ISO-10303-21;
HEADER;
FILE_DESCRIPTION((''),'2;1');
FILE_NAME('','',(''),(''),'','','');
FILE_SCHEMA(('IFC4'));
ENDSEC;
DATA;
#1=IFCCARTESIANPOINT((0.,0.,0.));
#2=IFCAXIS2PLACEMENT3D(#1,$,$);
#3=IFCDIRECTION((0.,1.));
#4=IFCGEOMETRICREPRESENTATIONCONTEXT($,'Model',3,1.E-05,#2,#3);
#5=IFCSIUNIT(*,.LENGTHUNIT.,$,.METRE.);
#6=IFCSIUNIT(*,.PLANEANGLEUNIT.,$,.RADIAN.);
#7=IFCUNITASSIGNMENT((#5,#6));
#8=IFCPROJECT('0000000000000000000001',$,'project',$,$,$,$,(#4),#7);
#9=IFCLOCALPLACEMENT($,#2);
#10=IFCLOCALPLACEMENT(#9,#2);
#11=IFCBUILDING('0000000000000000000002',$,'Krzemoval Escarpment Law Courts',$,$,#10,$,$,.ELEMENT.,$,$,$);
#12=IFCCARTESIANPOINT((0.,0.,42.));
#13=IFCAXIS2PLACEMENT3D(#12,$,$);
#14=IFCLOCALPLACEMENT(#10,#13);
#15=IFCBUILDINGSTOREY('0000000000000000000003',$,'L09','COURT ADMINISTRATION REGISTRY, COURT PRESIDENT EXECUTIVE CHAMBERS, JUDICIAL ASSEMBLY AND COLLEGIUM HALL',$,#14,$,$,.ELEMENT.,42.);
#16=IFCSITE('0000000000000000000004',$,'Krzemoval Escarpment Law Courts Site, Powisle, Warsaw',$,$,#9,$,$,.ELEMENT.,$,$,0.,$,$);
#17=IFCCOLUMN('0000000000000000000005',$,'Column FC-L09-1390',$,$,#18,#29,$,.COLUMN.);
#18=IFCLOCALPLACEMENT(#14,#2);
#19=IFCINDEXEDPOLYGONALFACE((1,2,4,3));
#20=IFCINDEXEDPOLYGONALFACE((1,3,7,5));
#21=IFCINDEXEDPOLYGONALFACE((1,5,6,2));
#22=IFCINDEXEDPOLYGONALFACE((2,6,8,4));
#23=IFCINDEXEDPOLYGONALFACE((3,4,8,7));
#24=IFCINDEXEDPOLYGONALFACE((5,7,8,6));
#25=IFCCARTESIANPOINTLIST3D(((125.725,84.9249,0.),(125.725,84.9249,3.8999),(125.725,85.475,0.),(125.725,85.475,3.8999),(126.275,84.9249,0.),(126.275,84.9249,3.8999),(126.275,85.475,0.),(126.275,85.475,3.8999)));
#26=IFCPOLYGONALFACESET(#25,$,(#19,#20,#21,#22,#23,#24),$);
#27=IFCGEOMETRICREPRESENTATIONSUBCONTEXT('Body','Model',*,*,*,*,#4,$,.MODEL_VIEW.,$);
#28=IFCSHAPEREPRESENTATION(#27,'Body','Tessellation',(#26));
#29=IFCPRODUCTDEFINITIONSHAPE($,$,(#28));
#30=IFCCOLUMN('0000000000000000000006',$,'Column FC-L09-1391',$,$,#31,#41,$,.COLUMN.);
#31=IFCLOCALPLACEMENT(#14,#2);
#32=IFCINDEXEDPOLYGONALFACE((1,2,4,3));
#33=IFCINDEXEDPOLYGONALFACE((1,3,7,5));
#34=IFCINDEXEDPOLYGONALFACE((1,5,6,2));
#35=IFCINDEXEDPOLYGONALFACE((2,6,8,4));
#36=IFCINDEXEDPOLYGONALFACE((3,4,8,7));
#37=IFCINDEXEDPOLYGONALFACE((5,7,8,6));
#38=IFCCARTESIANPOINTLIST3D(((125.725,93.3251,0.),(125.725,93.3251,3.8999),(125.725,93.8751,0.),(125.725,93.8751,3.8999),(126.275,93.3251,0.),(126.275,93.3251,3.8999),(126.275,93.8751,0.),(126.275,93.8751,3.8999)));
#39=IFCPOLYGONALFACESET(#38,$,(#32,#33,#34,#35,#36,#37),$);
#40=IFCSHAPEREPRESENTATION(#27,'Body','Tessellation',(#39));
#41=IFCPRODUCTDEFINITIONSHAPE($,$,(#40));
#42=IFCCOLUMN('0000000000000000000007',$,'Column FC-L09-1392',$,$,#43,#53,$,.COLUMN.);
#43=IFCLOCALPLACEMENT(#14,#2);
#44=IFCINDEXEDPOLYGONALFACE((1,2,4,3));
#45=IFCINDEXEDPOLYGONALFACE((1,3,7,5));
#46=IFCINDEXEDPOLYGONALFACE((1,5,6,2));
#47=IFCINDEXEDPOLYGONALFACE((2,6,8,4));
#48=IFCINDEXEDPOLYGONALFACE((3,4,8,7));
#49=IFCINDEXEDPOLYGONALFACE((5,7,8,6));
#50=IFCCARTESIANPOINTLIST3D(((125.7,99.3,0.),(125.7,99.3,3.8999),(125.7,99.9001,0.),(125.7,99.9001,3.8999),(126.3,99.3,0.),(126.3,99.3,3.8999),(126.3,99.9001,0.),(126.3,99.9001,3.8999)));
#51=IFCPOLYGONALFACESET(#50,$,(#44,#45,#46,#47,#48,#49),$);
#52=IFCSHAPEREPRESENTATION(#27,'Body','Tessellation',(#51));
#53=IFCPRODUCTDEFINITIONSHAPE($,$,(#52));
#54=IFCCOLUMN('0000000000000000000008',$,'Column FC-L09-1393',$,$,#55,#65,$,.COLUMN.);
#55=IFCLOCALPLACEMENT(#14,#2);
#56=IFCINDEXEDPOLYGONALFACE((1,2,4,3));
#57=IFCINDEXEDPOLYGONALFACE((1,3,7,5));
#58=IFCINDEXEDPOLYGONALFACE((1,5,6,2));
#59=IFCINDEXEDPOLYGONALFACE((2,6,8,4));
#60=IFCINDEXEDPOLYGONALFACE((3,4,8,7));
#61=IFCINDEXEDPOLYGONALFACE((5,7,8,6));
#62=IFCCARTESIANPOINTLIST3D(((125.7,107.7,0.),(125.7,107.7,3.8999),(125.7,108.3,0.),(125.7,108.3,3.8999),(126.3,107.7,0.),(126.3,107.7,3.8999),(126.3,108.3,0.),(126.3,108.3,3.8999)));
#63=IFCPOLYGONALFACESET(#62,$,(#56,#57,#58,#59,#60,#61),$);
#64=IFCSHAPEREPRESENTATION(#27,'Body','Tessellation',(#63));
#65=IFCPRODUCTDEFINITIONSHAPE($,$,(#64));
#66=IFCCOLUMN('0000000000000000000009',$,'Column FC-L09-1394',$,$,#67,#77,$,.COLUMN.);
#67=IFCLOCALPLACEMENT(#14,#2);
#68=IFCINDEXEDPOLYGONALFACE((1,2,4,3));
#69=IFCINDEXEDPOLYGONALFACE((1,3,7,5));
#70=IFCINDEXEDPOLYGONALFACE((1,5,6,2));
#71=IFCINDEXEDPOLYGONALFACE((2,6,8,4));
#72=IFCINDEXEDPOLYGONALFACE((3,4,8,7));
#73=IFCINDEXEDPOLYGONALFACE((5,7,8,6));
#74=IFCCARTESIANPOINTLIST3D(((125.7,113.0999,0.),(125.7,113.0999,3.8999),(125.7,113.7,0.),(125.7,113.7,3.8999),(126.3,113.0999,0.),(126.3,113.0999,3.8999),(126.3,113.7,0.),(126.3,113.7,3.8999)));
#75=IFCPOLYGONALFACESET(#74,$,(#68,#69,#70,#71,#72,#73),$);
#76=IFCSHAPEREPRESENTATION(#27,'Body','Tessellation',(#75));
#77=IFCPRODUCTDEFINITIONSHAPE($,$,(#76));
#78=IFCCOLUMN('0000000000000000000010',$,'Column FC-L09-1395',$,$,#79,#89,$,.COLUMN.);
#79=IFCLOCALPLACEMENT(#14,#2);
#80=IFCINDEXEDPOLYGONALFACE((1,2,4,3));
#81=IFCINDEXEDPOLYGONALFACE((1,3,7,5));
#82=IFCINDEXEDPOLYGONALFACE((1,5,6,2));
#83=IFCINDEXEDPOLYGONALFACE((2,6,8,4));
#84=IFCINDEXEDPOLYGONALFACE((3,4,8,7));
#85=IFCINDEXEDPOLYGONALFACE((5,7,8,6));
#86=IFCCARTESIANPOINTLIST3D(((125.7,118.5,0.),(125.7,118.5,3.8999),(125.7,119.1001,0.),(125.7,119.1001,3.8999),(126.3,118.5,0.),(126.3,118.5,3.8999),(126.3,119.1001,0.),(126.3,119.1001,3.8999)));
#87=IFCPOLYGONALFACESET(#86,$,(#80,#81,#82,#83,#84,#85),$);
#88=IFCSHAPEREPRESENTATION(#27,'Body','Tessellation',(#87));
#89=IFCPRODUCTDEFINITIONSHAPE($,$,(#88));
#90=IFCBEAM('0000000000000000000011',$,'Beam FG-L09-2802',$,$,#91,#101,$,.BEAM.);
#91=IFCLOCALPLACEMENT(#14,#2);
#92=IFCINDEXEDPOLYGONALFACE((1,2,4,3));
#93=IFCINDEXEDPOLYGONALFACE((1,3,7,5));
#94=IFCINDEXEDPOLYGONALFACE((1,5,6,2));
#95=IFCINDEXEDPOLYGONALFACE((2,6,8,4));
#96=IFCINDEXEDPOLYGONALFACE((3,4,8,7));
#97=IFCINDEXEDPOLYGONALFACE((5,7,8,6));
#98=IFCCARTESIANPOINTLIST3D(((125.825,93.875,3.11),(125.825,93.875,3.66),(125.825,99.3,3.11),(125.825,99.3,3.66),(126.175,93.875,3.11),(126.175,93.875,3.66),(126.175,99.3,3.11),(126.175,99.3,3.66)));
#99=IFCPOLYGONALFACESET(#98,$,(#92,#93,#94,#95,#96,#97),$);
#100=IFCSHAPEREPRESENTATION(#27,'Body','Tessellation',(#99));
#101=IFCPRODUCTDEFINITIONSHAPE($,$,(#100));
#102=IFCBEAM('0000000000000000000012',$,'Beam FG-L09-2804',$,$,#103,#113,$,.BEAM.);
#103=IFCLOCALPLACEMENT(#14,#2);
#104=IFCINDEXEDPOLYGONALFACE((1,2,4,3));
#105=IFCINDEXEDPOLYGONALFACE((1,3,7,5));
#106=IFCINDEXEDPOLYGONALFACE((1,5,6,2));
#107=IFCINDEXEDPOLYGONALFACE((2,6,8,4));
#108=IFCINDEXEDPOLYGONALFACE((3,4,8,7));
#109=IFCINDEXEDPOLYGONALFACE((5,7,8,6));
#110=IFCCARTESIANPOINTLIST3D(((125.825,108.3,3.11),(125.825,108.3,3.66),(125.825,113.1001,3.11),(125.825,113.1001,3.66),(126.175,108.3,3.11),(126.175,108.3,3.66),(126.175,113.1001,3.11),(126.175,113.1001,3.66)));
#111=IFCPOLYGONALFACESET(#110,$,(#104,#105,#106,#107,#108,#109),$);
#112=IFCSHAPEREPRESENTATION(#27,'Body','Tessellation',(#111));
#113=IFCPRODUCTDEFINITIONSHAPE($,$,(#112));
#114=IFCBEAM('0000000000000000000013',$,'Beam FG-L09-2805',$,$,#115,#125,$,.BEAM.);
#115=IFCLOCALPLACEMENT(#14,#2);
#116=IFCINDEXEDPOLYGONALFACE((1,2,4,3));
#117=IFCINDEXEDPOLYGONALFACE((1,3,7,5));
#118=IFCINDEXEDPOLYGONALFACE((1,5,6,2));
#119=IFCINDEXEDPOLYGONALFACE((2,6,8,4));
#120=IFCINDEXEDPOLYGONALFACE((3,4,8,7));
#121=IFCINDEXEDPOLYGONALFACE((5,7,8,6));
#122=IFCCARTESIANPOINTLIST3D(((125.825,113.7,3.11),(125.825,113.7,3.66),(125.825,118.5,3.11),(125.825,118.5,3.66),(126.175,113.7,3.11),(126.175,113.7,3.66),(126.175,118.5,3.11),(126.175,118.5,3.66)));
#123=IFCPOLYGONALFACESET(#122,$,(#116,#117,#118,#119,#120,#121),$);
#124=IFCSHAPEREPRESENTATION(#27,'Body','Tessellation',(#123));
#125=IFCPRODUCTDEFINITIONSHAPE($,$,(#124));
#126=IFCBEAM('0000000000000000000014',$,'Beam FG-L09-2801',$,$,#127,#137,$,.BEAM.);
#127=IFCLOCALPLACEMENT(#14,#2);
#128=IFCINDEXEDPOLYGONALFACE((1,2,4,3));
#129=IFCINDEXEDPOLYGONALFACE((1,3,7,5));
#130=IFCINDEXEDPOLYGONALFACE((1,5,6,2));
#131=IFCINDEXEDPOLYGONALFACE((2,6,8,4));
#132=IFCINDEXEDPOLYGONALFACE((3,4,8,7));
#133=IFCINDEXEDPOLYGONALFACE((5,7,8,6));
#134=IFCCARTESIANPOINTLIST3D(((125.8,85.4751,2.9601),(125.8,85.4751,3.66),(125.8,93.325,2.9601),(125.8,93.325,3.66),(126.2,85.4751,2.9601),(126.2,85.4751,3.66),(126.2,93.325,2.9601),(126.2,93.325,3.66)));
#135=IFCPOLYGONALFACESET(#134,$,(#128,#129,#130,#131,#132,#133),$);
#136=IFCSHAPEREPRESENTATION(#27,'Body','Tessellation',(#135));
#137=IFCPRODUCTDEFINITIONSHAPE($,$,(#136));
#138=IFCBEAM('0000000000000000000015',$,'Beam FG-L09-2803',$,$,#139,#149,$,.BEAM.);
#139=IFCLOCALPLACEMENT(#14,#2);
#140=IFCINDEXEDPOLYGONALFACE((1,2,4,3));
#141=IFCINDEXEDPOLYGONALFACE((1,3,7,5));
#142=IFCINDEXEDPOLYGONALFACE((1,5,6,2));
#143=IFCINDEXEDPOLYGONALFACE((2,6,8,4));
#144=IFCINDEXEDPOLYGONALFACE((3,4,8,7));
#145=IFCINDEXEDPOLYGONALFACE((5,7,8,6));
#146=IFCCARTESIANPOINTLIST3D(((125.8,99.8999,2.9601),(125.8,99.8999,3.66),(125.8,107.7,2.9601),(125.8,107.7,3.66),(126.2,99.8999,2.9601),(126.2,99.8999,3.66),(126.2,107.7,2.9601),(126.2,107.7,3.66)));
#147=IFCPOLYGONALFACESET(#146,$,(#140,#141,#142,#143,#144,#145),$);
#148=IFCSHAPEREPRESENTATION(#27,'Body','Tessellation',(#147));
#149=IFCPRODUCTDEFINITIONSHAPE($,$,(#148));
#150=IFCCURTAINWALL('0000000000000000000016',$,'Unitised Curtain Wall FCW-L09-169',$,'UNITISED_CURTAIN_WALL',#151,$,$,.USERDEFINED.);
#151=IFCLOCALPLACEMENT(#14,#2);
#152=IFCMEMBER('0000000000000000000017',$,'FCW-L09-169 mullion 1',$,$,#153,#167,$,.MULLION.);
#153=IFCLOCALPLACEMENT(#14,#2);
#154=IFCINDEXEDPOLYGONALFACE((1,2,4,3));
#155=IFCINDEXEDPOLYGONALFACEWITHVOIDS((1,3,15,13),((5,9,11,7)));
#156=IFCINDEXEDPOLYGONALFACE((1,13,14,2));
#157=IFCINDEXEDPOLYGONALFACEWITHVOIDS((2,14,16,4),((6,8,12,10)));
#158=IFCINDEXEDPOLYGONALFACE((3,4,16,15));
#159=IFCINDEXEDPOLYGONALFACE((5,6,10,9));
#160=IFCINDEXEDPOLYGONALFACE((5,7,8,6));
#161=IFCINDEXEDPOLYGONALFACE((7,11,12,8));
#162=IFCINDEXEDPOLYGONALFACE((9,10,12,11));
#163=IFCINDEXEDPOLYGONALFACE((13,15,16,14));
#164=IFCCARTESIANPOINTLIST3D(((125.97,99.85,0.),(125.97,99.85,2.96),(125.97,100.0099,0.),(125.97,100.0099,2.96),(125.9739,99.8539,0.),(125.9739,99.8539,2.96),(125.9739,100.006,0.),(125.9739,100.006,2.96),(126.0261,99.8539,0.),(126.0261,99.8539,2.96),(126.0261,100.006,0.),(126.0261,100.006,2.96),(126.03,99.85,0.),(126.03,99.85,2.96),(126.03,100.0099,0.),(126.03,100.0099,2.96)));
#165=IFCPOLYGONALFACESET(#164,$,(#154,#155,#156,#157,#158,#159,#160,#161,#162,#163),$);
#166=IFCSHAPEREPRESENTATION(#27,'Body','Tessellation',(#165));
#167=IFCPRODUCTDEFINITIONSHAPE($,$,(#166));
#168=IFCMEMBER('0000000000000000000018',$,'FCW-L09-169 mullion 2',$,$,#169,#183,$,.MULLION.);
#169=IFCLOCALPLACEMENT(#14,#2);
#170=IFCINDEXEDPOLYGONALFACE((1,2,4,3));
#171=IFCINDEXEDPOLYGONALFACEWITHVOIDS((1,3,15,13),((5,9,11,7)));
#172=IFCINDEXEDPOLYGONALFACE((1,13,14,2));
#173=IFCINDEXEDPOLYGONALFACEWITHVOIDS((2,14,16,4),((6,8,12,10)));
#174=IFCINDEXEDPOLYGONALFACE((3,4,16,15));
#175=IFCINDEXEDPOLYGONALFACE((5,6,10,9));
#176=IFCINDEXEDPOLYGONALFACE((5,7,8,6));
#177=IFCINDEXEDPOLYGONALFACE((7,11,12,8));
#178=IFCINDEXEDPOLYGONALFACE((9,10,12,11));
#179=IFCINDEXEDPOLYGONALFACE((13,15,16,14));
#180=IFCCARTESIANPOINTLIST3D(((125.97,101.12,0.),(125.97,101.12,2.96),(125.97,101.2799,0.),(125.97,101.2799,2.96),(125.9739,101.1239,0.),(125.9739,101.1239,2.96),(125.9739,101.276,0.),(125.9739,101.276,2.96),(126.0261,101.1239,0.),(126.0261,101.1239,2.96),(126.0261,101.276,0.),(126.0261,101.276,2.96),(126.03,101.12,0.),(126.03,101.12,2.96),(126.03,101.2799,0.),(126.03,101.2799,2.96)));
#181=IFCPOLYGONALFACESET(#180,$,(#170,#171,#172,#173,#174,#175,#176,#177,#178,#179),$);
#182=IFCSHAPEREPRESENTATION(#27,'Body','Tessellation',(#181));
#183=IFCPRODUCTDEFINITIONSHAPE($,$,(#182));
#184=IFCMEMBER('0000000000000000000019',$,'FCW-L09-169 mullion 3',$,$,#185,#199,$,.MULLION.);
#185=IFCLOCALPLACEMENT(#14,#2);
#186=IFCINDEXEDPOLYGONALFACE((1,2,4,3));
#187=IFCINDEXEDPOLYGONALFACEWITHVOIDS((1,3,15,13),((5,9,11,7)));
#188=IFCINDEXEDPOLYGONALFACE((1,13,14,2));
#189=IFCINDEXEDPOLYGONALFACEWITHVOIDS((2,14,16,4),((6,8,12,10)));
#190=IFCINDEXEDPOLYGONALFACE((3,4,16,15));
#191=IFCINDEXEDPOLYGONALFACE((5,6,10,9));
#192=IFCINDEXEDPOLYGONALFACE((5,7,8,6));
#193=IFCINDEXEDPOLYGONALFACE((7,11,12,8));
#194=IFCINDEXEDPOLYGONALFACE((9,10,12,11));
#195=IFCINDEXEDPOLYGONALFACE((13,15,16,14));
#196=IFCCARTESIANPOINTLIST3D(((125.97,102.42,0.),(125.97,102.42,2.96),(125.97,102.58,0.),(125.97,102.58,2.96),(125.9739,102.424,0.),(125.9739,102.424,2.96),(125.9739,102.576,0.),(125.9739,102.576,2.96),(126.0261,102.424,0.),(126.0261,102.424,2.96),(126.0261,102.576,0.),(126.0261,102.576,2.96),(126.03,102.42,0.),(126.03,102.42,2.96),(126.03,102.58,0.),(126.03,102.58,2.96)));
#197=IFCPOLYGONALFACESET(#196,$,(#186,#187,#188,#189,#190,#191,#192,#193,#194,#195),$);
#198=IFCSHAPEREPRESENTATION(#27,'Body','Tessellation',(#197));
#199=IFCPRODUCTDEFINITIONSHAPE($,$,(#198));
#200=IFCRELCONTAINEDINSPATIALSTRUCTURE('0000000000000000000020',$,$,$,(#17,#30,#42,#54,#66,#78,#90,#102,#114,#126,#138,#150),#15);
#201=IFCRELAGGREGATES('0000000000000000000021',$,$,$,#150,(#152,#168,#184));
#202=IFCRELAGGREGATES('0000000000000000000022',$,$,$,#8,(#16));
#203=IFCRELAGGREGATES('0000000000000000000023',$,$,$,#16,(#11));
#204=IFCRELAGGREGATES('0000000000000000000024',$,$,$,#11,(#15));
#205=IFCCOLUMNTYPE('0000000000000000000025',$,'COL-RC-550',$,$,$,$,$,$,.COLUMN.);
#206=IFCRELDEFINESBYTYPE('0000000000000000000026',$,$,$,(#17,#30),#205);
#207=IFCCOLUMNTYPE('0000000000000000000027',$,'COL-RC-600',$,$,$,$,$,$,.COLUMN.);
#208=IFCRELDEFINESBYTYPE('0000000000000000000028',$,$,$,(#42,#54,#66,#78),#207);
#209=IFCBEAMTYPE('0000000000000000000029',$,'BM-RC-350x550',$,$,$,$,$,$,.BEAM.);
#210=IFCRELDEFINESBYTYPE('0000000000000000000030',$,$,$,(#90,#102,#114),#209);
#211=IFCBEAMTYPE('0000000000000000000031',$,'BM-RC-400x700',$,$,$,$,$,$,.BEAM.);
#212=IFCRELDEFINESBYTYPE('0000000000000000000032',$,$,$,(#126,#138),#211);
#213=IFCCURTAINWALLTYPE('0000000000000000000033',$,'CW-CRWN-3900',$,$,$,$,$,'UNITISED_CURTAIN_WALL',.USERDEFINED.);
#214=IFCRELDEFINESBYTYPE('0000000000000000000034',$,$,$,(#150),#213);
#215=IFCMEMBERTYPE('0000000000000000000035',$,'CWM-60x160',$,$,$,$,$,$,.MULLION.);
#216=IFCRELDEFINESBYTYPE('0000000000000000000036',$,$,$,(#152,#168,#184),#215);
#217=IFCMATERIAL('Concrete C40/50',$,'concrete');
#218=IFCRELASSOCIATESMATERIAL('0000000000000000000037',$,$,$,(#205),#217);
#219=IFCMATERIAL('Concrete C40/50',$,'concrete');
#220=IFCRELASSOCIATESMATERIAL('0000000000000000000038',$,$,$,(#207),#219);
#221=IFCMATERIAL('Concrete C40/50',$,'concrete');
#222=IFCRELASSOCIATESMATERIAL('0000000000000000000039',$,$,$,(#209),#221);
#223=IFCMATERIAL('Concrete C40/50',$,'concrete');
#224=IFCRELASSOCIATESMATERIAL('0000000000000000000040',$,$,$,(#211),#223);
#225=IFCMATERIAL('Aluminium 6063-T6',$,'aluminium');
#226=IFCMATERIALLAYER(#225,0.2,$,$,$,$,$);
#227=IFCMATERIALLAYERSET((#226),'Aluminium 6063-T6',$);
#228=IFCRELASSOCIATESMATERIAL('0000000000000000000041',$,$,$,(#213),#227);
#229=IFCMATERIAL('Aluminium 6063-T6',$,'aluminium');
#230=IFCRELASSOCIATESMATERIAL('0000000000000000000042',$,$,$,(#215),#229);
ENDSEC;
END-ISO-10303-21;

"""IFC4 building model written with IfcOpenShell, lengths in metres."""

from ifc_helpers import new_model, si_unit, direction, frame, origin, origin_2d, place, context, subcontext, project, spatial, rectangle, hollow_rectangle, extrude, material, layer, layer_set, material_profile, profile_set, type_object, element, aggregate, save


model = new_model("IFC4")

# Units and contexts
model_context = context("Model", 3, precision=1e-05, world=origin(), true_north=direction((0.0, 1.0)))
body_context = subcontext(model_context, "Body", "Model", "MODEL_VIEW")
ifc_project = project(units=[si_unit("LENGTHUNIT", "METRE"), si_unit("PLANEANGLEUNIT", "RADIAN")], contexts=[model_context])

# Site, building, storey
site_placement = place(None, origin())
site = spatial("IfcSite", under=ifc_project, at=site_placement, Name="Krzemoval Escarpment Law Courts Site, Powisle, Warsaw", CompositionType="ELEMENT", RefElevation=0.0)
building_placement = place(site_placement, origin())
building = spatial("IfcBuilding", under=site, at=building_placement, Name="Krzemoval Escarpment Law Courts", CompositionType="ELEMENT")
storey_placement = place(building_placement, frame((0.0, 0.0, 42.0)))
storey = spatial("IfcBuildingStorey", under=building, at=storey_placement, Name="L09", Description="COURT ADMINISTRATION REGISTRY, COURT PRESIDENT EXECUTIVE CHAMBERS, JUDICIAL ASSEMBLY AND COLLEGIUM HALL", CompositionType="ELEMENT", Elevation=42.0)

# Columns
ifc_material_1 = material(Name="Concrete C40/50", Category="concrete")
ifc_material_profile_1 = material_profile(ifc_material_1, rectangle(XDim=0.55, YDim=0.55, at=origin_2d()), Name="RC 550x550")
ifc_profile_set_1 = profile_set([ifc_material_profile_1], Name="Concrete C40/50")
column_type_1 = type_object("IfcColumnType", Name="COL-RC-550", PredefinedType="COLUMN", material=ifc_profile_set_1)
for number, where, z_axis, x_axis, name in (
    (1, (126.0, 85.2, 0.0), (0.0, 0.0, 1.0), (1.0, 0.0, 0.0), "Column FC-L09-1390"),
    (2, (126.0, 93.6001, 0.0), (0.0, 0.0, 1.0), (1.0, 0.0, 0.0), "Column FC-L09-1391"),
):
    element("IfcColumn", number, at=place(storey_placement, frame(where, z_axis=z_axis, x_axis=x_axis)), inside=storey, type_object=column_type_1, Name=name, PredefinedType="COLUMN", context=body_context, shape_type="SweptSolid", body=[
        extrude(rectangle(XDim=0.55, YDim=0.55, at=origin_2d()), origin(), (0.0, 0.0, 1.0), 3.8999),
    ])
ifc_material_2 = material(Name="Concrete C40/50", Category="concrete")
ifc_material_profile_2 = material_profile(ifc_material_2, rectangle(XDim=0.6001, YDim=0.6001, at=origin_2d()), Name="RC 600x600")
ifc_profile_set_2 = profile_set([ifc_material_profile_2], Name="Concrete C40/50")
column_type_2 = type_object("IfcColumnType", Name="COL-RC-600", PredefinedType="COLUMN", material=ifc_profile_set_2)
for number, where, z_axis, x_axis, name in (
    (3, (126.0, 99.6001, 0.0), (0.0, 0.0, 1.0), (1.0, 0.0, 0.0), "Column FC-L09-1392"),
    (4, (126.0, 108.0, 0.0), (0.0, 0.0, 1.0), (1.0, 0.0, 0.0), "Column FC-L09-1393"),
    (5, (126.0, 113.3999, 0.0), (0.0, 0.0, 1.0), (1.0, 0.0, 0.0), "Column FC-L09-1394"),
    (6, (126.0, 118.8, 0.0), (0.0, 0.0, 1.0), (1.0, 0.0, 0.0), "Column FC-L09-1395"),
):
    element("IfcColumn", number, at=place(storey_placement, frame(where, z_axis=z_axis, x_axis=x_axis)), inside=storey, type_object=column_type_2, Name=name, PredefinedType="COLUMN", context=body_context, shape_type="SweptSolid", body=[
        extrude(rectangle(XDim=0.6001, YDim=0.6001, at=origin_2d()), origin(), (0.0, 0.0, 1.0), 3.8999),
    ])

# Beams
ifc_material_3 = material(Name="Concrete C40/50", Category="concrete")
ifc_material_profile_3 = material_profile(ifc_material_3, rectangle(XDim=0.3501, YDim=0.55, at=origin_2d()), Name="RCB 350x550")
ifc_profile_set_3 = profile_set([ifc_material_profile_3], Name="Concrete C40/50")
beam_type_1 = type_object("IfcBeamType", Name="BM-RC-350x550", PredefinedType="BEAM", material=ifc_profile_set_3)
beam_1_placement = place(storey_placement, frame((126.0, 93.875, 3.385), z_axis=(0.0, 1.0, 0.0), x_axis=(-1.0, 0.0, 0.0)))
element("IfcBeam", 7, at=beam_1_placement, inside=storey, type_object=beam_type_1, Name="Beam FG-L09-2802", PredefinedType="BEAM", context=body_context, shape_type="SweptSolid", body=[
    extrude(rectangle(XDim=0.3501, YDim=0.55, at=origin_2d()), origin(), (0.0, 0.0, 1.0), 5.425),
])
for number, where, z_axis, x_axis, name in (
    (8, (126.0, 108.3, 3.385), (0.0, 1.0, 0.0), (-1.0, 0.0, 0.0), "Beam FG-L09-2804"),
    (9, (126.0, 113.7, 3.385), (0.0, 1.0, 0.0), (-1.0, 0.0, 0.0), "Beam FG-L09-2805"),
):
    element("IfcBeam", number, at=place(storey_placement, frame(where, z_axis=z_axis, x_axis=x_axis)), inside=storey, type_object=beam_type_1, Name=name, PredefinedType="BEAM", context=body_context, shape_type="SweptSolid", body=[
        extrude(rectangle(XDim=0.3501, YDim=0.55, at=origin_2d()), origin(), (0.0, 0.0, 1.0), 4.8),
    ])
ifc_material_4 = material(Name="Concrete C40/50", Category="concrete")
ifc_material_profile_4 = material_profile(ifc_material_4, rectangle(XDim=0.3999, YDim=0.7, at=origin_2d()), Name="RCB 400x700")
ifc_profile_set_4 = profile_set([ifc_material_profile_4], Name="Concrete C40/50")
beam_type_2 = type_object("IfcBeamType", Name="BM-RC-400x700", PredefinedType="BEAM", material=ifc_profile_set_4)
beam_2_placement = place(storey_placement, frame((126.0, 85.4751, 3.3101), z_axis=(0.0, 1.0, 0.0), x_axis=(-1.0, 0.0, 0.0)))
element("IfcBeam", 10, at=beam_2_placement, inside=storey, type_object=beam_type_2, Name="Beam FG-L09-2801", PredefinedType="BEAM", context=body_context, shape_type="SweptSolid", body=[
    extrude(rectangle(XDim=0.3999, YDim=0.7, at=origin_2d()), origin(), (0.0, 0.0, 1.0), 7.8499),
])
beam_3_placement = place(storey_placement, frame((126.0, 99.8999, 3.3101), z_axis=(0.0, 1.0, 0.0), x_axis=(-1.0, 0.0, 0.0)))
element("IfcBeam", 11, at=beam_3_placement, inside=storey, type_object=beam_type_2, Name="Beam FG-L09-2803", PredefinedType="BEAM", context=body_context, shape_type="SweptSolid", body=[
    extrude(rectangle(XDim=0.3999, YDim=0.7, at=origin_2d()), origin(), (0.0, 0.0, 1.0), 7.8),
])

# Curtain wall, members
ifc_material_5 = material(Name="Aluminium 6063-T6", Category="aluminium")
ifc_layer_1 = layer(ifc_material_5, 0.2)
ifc_layer_set_1 = layer_set([ifc_layer_1], Name="Aluminium 6063-T6")
curtain_wall_type = type_object("IfcCurtainWallType", Name="CW-CRWN-3900", ElementType="UNITISED_CURTAIN_WALL", PredefinedType="USERDEFINED", material=ifc_layer_set_1)
curtain_wall_placement = place(storey_placement, origin())
curtain_wall = element("IfcCurtainWall", 12, at=curtain_wall_placement, inside=storey, type_object=curtain_wall_type, Name="Unitised Curtain Wall FCW-L09-169", ObjectType="UNITISED_CURTAIN_WALL", PredefinedType="USERDEFINED")
ifc_material_6 = material(Name="Aluminium 6063-T6", Category="aluminium")
ifc_material_profile_5 = material_profile(ifc_material_6, hollow_rectangle(XDim=0.0601, YDim=0.1599, WallThickness=0.0039, at=origin_2d()), Name="ALU M60x160")
ifc_profile_set_5 = profile_set([ifc_material_profile_5], Name="Aluminium 6063-T6")
member_type = type_object("IfcMemberType", Name="CWM-60x160", PredefinedType="MULLION", material=ifc_profile_set_5)
member_1_placement = place(storey_placement, frame((126.0, 99.9299, 0.0), z_axis=(0.0, 0.0, 1.0), x_axis=(-1.0, 0.0, 0.0)))
member_1 = element("IfcMember", 13, at=member_1_placement, type_object=member_type, Name="FCW-L09-169 mullion 1", PredefinedType="MULLION", context=body_context, shape_type="SweptSolid", body=[
    extrude(hollow_rectangle(XDim=0.0601, YDim=0.1599, WallThickness=0.0039, at=origin_2d()), origin(), (0.0, 0.0, 1.0), 2.96),
])
member_2_placement = place(storey_placement, frame((126.0, 101.2, 0.0), z_axis=(0.0, 0.0, 1.0), x_axis=(-1.0, 0.0, 0.0)))
member_2 = element("IfcMember", 14, at=member_2_placement, type_object=member_type, Name="FCW-L09-169 mullion 2", PredefinedType="MULLION", context=body_context, shape_type="SweptSolid", body=[
    extrude(hollow_rectangle(XDim=0.0601, YDim=0.1599, WallThickness=0.0039, at=origin_2d()), origin(), (0.0, 0.0, 1.0), 2.96),
])
member_3_placement = place(storey_placement, frame((126.0, 102.5, 0.0), z_axis=(0.0, 0.0, 1.0), x_axis=(-1.0, 0.0, 0.0)))
member_3 = element("IfcMember", 15, at=member_3_placement, type_object=member_type, Name="FCW-L09-169 mullion 3", PredefinedType="MULLION", context=body_context, shape_type="SweptSolid", body=[
    extrude(hollow_rectangle(XDim=0.0601, YDim=0.1599, WallThickness=0.0039, at=origin_2d()), origin(), (0.0, 0.0, 1.0), 2.96),
])
aggregate(curtain_wall, [member_1, member_2, member_3])

save(model, "model.ifc")
